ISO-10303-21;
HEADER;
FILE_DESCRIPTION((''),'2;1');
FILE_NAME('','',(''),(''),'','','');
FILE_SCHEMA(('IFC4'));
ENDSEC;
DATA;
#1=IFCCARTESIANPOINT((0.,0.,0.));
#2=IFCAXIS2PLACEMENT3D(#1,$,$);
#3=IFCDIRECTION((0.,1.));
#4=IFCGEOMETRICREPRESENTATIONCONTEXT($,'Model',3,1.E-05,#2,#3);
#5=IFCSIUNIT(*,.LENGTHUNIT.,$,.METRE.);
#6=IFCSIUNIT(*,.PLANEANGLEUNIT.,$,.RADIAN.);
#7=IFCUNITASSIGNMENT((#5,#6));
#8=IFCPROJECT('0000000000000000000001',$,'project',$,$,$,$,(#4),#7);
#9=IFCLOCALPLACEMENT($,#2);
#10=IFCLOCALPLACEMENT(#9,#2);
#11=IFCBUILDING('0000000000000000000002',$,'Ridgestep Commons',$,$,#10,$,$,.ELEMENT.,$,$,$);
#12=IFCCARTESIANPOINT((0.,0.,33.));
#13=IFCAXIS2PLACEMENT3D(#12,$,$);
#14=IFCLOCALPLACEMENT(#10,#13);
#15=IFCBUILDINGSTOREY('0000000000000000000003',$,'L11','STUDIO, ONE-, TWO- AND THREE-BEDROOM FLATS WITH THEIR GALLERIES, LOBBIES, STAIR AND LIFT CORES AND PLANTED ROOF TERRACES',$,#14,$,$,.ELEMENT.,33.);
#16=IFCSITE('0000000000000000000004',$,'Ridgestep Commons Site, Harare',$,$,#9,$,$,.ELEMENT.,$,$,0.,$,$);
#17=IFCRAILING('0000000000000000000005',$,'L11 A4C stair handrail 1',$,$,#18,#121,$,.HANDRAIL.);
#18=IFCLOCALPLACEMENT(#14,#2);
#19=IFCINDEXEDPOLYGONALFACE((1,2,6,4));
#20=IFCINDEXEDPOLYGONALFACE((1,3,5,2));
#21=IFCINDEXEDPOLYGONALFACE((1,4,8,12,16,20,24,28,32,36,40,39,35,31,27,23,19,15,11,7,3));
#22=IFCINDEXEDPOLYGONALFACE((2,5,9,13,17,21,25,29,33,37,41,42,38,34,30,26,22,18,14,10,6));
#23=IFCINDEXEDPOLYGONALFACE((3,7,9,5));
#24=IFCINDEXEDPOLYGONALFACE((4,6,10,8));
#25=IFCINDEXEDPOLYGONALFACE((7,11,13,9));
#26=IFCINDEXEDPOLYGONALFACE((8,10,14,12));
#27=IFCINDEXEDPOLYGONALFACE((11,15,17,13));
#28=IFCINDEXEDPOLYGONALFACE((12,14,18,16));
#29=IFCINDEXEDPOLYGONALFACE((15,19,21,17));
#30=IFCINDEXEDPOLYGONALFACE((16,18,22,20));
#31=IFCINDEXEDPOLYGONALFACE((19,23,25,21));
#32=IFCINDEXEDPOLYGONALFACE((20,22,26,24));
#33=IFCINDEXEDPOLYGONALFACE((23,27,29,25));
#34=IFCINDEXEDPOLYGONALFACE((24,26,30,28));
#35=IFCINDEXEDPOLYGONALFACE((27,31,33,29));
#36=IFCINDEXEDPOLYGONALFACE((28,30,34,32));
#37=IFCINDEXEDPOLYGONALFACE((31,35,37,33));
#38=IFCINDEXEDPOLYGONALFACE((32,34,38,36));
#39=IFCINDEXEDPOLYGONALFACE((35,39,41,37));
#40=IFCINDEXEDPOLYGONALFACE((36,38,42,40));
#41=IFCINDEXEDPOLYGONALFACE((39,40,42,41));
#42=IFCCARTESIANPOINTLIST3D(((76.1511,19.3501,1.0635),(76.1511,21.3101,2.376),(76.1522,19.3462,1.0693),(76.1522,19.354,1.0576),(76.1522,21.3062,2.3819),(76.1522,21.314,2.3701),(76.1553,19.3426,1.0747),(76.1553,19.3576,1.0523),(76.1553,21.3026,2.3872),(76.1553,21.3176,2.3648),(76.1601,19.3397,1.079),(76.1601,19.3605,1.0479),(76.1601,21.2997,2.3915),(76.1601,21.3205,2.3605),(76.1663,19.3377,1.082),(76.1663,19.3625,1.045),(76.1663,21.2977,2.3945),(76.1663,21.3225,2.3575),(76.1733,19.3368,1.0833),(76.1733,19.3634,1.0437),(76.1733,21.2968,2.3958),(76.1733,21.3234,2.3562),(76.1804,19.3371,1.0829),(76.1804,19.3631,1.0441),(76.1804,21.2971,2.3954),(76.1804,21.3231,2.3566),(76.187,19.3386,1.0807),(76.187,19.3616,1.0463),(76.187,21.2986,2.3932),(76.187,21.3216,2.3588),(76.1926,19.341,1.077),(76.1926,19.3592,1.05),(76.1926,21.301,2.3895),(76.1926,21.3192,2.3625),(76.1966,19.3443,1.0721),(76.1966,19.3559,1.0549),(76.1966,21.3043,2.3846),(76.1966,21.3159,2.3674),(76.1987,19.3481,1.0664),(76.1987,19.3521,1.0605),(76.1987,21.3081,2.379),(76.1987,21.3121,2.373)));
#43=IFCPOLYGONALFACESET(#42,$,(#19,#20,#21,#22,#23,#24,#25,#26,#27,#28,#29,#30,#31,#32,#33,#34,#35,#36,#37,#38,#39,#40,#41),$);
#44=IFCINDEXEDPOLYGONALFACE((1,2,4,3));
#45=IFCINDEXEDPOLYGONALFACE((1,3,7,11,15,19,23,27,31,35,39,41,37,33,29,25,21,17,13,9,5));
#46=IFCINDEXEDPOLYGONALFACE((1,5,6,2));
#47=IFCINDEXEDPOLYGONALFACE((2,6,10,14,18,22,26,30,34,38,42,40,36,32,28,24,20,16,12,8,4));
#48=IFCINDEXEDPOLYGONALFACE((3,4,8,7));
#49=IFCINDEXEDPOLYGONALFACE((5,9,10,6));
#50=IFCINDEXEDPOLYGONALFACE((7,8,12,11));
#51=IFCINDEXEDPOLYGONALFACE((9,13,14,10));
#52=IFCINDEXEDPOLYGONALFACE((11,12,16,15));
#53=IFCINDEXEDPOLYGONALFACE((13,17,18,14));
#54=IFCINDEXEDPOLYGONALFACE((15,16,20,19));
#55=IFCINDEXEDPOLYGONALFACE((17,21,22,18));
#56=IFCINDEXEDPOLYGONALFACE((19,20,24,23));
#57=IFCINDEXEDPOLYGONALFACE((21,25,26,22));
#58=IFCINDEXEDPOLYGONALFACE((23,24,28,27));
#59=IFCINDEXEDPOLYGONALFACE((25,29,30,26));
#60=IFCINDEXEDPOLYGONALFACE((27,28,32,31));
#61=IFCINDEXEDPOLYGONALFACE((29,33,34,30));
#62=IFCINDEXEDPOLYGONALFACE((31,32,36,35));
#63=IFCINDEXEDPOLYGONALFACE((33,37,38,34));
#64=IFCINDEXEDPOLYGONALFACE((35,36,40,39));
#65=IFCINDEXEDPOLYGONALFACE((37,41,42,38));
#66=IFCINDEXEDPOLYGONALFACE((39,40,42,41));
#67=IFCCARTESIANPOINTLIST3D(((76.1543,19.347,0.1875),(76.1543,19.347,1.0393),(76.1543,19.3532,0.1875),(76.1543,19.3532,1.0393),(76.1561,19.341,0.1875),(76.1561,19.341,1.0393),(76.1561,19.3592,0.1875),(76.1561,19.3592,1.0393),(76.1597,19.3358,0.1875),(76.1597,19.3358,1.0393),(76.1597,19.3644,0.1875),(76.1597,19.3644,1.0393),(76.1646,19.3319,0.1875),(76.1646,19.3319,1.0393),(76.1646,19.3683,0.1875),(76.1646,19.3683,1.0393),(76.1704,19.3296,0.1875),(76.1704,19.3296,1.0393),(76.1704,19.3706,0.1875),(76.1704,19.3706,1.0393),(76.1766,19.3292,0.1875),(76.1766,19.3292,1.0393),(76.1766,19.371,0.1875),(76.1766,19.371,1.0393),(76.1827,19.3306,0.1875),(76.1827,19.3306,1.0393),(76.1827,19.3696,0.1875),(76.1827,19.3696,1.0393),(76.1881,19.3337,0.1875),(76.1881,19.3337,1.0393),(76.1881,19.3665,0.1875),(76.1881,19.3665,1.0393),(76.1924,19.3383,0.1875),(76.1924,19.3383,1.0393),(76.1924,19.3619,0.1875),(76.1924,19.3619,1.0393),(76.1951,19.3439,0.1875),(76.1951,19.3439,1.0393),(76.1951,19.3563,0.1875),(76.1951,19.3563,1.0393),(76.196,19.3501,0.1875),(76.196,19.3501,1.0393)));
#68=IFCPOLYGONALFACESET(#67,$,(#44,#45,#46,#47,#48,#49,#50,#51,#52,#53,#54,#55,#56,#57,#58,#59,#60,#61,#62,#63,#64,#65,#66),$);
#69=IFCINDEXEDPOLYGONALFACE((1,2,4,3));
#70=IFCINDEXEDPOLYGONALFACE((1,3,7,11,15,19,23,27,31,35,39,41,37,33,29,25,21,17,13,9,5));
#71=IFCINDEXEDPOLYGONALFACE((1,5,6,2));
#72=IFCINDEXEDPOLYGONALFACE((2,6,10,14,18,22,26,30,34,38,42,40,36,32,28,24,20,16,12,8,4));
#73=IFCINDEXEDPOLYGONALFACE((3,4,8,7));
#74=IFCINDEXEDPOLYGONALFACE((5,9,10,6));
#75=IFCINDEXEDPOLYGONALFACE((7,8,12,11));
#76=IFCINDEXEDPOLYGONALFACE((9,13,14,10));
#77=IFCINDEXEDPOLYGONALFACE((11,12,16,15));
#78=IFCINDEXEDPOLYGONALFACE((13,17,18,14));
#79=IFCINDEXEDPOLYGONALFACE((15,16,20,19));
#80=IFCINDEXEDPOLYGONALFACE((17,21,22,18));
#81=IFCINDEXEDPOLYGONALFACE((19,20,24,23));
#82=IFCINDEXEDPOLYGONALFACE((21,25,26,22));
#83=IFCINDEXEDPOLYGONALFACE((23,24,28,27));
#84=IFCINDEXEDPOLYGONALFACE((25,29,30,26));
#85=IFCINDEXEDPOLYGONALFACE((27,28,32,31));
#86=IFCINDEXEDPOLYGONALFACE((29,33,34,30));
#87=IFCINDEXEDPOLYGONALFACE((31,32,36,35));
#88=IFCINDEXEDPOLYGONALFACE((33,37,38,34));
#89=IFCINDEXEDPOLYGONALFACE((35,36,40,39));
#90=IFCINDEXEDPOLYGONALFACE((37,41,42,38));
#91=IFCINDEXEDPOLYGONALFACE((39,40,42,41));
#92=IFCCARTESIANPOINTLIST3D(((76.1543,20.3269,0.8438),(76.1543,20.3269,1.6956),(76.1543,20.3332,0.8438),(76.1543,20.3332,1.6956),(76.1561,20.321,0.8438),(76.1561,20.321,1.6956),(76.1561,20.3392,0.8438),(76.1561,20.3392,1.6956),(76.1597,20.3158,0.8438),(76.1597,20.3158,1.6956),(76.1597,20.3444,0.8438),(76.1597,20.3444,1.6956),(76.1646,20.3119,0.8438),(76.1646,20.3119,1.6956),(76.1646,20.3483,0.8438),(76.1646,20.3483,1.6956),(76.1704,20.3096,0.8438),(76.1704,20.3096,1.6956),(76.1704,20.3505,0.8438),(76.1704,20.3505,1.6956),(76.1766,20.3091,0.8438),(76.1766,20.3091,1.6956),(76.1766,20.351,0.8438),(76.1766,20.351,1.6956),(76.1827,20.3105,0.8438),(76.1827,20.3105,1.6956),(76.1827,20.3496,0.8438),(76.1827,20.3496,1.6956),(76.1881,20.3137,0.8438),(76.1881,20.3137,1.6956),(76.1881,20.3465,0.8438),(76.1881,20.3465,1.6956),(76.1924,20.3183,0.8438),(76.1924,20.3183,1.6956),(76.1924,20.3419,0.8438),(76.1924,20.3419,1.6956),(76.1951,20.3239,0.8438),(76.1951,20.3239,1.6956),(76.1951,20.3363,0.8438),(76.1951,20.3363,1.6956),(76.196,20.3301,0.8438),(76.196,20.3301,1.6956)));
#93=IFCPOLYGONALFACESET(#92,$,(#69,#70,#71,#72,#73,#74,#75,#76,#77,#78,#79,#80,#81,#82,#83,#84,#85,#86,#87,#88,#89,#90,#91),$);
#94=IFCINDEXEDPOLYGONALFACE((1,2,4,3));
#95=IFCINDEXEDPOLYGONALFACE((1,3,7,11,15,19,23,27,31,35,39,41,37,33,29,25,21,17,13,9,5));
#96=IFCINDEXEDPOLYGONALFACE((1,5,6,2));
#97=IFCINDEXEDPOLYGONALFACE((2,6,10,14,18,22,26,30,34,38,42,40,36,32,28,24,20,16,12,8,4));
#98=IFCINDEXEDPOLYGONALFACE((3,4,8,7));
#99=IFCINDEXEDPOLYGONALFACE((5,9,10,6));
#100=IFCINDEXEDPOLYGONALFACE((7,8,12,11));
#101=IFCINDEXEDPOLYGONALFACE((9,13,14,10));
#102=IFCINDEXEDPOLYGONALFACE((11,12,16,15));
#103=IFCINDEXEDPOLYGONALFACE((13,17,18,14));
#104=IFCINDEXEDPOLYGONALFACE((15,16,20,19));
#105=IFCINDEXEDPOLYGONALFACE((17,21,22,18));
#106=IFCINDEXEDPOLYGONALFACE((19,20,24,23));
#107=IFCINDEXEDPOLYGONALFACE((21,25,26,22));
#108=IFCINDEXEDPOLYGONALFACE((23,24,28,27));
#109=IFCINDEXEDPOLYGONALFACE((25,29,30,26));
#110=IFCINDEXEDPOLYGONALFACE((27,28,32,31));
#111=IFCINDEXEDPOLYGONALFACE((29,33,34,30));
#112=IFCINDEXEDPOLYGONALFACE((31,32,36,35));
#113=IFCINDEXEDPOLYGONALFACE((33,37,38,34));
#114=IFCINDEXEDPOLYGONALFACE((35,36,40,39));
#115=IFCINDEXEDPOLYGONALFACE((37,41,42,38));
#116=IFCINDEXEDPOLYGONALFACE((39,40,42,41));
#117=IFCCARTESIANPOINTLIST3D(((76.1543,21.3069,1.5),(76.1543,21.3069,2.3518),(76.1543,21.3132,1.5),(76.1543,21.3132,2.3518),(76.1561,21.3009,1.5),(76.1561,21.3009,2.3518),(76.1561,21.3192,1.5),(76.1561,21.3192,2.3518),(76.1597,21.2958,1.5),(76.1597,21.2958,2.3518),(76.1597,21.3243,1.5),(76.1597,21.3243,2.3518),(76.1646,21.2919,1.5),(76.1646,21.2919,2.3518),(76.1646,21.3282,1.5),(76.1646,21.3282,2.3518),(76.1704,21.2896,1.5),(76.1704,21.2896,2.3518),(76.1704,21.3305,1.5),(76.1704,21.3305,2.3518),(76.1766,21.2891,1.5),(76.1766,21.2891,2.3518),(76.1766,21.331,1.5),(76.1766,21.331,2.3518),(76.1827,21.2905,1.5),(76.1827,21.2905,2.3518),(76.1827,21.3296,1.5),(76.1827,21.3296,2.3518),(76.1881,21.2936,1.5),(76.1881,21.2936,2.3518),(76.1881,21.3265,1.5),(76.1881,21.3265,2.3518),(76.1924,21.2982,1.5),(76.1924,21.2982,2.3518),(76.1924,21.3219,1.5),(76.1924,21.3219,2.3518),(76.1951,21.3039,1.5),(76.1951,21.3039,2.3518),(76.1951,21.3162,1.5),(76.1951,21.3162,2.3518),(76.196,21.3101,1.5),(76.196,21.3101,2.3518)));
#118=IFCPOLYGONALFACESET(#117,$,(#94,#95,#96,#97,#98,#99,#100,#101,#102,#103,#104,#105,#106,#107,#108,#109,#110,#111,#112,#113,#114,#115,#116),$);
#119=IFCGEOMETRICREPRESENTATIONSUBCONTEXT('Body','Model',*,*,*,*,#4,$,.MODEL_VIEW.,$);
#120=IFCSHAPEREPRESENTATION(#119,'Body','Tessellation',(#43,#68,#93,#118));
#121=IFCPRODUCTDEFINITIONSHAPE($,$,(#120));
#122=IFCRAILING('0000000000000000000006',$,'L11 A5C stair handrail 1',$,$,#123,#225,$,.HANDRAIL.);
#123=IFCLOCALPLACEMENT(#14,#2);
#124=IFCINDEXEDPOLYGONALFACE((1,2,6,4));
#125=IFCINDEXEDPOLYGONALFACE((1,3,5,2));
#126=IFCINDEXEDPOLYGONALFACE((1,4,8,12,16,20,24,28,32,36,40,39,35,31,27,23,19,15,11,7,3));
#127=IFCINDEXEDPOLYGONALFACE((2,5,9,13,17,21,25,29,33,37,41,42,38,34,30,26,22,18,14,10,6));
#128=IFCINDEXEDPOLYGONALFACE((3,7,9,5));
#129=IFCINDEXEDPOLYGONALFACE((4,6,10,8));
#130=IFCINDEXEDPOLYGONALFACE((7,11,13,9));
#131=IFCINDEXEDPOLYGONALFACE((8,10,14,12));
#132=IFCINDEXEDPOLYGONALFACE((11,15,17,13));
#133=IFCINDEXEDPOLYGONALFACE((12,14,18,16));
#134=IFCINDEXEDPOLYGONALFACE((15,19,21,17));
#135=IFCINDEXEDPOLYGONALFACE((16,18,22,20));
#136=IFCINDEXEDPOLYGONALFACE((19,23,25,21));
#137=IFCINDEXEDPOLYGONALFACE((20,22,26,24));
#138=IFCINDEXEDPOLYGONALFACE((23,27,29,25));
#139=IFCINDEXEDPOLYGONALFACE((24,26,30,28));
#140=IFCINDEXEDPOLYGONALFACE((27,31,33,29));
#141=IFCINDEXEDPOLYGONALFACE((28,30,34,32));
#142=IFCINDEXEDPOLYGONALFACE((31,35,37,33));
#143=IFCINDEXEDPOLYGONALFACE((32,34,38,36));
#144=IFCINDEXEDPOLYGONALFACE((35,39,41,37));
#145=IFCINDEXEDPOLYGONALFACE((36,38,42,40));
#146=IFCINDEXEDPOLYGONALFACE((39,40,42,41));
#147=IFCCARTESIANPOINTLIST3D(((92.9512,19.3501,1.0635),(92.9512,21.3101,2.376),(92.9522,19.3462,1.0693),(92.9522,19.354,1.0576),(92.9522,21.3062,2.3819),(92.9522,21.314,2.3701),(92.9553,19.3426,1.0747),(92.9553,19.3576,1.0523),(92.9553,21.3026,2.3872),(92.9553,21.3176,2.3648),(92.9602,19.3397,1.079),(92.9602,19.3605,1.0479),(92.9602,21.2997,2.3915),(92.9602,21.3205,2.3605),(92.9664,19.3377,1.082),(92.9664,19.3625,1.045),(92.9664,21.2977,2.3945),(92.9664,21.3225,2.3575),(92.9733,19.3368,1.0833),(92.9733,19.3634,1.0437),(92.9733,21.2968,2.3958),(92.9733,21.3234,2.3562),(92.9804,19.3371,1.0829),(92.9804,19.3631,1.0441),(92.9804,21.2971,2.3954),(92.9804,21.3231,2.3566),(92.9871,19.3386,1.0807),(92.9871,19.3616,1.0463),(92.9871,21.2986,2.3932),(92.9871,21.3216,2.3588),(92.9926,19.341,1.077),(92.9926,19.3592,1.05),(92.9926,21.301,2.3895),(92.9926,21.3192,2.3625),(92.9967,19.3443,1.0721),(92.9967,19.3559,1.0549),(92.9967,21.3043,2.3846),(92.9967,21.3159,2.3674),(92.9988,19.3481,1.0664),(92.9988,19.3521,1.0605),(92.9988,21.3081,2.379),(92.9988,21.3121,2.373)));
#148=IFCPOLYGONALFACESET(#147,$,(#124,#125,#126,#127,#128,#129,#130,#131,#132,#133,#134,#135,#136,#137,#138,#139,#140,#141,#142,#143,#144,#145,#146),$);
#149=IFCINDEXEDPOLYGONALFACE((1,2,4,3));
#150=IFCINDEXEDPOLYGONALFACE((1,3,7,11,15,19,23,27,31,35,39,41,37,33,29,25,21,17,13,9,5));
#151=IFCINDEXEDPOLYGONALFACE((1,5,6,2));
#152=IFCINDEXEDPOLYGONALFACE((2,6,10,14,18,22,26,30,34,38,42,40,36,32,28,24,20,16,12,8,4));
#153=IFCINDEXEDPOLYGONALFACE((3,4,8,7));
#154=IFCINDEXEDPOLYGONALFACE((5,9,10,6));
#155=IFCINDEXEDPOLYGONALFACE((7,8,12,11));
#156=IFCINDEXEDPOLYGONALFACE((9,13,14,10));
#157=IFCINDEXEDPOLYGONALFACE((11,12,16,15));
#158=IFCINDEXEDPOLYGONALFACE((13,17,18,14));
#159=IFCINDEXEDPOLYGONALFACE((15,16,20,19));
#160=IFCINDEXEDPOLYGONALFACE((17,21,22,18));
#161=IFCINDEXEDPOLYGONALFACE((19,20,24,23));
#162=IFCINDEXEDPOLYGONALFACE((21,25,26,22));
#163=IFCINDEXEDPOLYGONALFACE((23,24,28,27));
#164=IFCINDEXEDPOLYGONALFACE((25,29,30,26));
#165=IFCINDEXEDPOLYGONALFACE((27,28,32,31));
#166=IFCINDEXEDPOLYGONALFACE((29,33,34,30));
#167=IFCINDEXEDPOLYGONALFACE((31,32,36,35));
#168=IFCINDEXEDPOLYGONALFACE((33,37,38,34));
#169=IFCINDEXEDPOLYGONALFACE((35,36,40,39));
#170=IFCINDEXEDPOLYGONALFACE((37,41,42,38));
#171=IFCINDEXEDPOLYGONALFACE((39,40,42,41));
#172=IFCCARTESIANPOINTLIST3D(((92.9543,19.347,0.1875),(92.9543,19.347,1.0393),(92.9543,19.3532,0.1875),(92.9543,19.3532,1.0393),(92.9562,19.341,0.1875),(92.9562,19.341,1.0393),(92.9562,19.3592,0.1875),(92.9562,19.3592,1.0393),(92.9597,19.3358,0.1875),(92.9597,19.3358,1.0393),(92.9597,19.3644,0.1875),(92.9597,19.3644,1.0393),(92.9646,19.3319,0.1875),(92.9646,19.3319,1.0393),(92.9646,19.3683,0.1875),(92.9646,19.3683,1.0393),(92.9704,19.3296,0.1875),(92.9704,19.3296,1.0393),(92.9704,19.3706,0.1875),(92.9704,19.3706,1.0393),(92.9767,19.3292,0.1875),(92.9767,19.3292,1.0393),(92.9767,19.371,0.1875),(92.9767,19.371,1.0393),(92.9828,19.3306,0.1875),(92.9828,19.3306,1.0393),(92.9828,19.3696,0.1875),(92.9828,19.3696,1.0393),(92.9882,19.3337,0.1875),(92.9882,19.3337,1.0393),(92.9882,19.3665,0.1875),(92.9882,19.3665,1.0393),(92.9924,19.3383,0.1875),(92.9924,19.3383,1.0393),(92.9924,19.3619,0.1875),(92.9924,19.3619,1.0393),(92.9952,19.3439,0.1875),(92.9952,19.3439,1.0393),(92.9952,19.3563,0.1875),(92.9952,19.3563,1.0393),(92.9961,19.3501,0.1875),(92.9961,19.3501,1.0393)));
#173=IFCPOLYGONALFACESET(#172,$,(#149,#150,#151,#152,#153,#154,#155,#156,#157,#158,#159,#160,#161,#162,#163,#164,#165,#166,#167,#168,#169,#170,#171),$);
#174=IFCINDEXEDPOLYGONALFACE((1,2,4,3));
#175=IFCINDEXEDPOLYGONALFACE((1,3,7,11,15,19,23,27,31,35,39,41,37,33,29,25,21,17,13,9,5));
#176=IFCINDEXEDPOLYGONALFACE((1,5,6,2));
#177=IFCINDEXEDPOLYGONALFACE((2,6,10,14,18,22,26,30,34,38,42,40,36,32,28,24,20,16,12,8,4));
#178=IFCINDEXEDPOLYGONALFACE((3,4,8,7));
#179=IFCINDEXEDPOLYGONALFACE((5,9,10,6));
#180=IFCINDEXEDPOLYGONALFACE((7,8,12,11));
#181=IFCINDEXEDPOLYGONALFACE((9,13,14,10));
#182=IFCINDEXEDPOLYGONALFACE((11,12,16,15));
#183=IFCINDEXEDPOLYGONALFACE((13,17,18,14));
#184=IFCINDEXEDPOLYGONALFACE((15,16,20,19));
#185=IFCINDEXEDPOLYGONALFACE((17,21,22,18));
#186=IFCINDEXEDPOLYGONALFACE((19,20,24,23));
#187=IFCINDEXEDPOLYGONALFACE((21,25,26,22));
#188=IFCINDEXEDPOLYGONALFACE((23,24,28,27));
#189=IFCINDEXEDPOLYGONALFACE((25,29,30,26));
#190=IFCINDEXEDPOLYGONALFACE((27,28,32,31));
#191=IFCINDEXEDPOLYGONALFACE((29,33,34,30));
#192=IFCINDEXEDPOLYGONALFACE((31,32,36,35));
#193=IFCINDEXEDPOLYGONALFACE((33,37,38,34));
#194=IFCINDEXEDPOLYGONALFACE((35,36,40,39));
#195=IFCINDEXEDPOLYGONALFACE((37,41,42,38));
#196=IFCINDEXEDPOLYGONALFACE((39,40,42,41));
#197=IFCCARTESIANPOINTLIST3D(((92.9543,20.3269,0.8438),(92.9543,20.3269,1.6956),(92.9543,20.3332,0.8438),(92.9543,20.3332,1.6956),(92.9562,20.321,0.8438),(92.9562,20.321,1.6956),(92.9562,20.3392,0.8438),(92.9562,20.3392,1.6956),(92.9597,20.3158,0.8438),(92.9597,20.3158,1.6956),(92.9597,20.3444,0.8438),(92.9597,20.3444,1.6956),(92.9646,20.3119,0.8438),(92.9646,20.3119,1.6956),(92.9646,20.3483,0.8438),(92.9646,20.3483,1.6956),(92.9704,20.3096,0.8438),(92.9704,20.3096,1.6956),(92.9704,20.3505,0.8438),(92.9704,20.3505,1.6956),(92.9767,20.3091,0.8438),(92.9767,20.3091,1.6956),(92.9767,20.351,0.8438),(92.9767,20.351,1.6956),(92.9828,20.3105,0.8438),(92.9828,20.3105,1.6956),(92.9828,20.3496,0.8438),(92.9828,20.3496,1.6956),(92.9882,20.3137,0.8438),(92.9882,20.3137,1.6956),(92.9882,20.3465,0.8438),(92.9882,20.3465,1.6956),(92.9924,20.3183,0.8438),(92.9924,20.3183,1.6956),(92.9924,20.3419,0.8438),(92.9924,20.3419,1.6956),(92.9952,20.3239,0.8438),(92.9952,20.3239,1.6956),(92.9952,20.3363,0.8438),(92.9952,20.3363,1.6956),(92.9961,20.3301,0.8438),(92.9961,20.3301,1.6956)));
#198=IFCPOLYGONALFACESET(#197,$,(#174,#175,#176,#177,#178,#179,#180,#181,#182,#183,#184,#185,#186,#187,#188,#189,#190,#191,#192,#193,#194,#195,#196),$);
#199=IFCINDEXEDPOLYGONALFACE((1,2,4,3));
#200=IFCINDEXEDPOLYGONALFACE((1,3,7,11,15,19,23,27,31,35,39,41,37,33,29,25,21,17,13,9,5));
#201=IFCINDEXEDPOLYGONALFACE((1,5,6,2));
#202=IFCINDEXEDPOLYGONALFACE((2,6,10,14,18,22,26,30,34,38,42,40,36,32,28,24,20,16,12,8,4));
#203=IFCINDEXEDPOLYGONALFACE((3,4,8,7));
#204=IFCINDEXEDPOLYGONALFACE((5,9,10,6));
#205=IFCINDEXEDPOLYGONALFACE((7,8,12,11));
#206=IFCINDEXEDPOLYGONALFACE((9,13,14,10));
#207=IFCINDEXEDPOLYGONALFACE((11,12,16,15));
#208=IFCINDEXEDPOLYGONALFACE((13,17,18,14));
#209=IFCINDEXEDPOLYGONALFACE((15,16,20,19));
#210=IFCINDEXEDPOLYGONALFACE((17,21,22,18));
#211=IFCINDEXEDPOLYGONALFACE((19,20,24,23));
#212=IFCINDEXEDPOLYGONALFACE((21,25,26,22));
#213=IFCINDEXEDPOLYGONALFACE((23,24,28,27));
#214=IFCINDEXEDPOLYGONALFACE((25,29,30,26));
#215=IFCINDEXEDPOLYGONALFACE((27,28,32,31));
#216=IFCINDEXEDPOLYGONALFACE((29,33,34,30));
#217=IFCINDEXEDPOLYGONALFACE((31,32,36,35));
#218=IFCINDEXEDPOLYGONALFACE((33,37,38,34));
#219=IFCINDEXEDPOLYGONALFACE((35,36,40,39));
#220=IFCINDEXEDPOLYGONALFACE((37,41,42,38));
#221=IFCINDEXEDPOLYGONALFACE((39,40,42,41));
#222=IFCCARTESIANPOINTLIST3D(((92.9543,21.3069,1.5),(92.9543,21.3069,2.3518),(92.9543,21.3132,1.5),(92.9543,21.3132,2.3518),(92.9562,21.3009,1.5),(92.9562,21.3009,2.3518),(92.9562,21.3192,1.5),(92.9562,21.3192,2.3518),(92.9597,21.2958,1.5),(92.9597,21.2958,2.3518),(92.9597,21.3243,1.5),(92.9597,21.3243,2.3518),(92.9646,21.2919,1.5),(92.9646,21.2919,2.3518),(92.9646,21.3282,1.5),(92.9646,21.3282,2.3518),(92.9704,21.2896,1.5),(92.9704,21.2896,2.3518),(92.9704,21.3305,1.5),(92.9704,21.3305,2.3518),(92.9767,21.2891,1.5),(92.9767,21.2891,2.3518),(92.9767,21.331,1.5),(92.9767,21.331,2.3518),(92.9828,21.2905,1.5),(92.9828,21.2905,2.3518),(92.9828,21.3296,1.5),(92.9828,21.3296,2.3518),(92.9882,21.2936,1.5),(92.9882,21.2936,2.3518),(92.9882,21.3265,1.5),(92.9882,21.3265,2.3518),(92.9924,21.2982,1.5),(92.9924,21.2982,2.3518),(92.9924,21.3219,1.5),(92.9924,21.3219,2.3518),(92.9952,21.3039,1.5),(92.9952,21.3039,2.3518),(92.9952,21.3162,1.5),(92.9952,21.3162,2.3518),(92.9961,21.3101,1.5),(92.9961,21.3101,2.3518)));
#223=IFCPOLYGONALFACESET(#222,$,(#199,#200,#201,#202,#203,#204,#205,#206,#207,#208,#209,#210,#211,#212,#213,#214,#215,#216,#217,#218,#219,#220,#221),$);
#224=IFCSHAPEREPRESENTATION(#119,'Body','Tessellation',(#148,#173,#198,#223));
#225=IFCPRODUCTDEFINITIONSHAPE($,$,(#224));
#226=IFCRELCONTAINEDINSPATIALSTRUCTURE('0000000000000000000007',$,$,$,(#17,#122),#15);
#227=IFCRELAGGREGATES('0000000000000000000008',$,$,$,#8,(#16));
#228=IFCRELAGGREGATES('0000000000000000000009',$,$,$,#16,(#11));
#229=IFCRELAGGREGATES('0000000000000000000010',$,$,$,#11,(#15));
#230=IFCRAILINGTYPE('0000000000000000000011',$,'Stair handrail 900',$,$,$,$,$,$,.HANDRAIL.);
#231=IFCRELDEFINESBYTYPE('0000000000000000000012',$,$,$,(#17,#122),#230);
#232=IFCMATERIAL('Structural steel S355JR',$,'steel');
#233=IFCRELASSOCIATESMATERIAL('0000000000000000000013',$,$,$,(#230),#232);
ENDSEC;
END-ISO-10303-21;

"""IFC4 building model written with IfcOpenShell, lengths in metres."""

from ifc_helpers import new_model, si_unit, direction, frame, origin, origin_2d, place, context, subcontext, project, spatial, circle, extrude, material, type_object, element, save


model = new_model("IFC4")

# Units and contexts
model_context = context("Model", 3, precision=1e-05, world=origin(), true_north=direction((0.0, 1.0)))
body_context = subcontext(model_context, "Body", "Model", "MODEL_VIEW")
ifc_project = project(units=[si_unit("LENGTHUNIT", "METRE"), si_unit("PLANEANGLEUNIT", "RADIAN")], contexts=[model_context])

# Site, building, storey
site_placement = place(None, origin())
site = spatial("IfcSite", under=ifc_project, at=site_placement, Name="Ridgestep Commons Site, Harare", CompositionType="ELEMENT", RefElevation=0.0)
building_placement = place(site_placement, origin())
building = spatial("IfcBuilding", under=site, at=building_placement, Name="Ridgestep Commons", CompositionType="ELEMENT")
storey_placement = place(building_placement, frame((0.0, 0.0, 33.0)))
storey = spatial("IfcBuildingStorey", under=building, at=storey_placement, Name="L11", Description="STUDIO, ONE-, TWO- AND THREE-BEDROOM FLATS WITH THEIR GALLERIES, LOBBIES, STAIR AND LIFT CORES AND PLANTED ROOF TERRACES", CompositionType="ELEMENT", Elevation=33.0)

# Railings
ifc_material_1 = material(Name="Structural steel S355JR", Category="steel")
railing_type_1 = type_object("IfcRailingType", Name="Stair handrail 900", PredefinedType="HANDRAIL", material=ifc_material_1)
for number, where, name in (
    (1, (76.175, 19.3501, 0.1875), "L11 A4C stair handrail 1"),
    (2, (92.9751, 19.3501, 0.1875), "L11 A5C stair handrail 1"),
):
    element("IfcRailing", number, at=place(storey_placement, frame(where)), inside=storey, type_object=railing_type_1, Name=name, PredefinedType="HANDRAIL", context=body_context, shape_type="SweptSolid", body=[
        extrude(circle(Radius=0.0239, at=origin_2d()), frame((0.0, 0.0, 0.876), z_axis=(0.0, 0.830902, 0.556419), x_axis=(-1.0, 0.0, 0.0)), (0.0, 0.0, 1.0), 2.3589),
        extrude(circle(Radius=0.021, at=origin_2d()), origin(), (0.0, 0.0, 1.0), 0.8518),
        extrude(circle(Radius=0.021, at=origin_2d()), frame((0.0, 0.98, 0.6562)), (0.0, 0.0, 1.0), 0.8518),
        extrude(circle(Radius=0.021, at=origin_2d()), frame((0.0, 1.96, 1.3125)), (0.0, 0.0, 1.0), 0.8518),
    ])

save(model, "model.ifc")
